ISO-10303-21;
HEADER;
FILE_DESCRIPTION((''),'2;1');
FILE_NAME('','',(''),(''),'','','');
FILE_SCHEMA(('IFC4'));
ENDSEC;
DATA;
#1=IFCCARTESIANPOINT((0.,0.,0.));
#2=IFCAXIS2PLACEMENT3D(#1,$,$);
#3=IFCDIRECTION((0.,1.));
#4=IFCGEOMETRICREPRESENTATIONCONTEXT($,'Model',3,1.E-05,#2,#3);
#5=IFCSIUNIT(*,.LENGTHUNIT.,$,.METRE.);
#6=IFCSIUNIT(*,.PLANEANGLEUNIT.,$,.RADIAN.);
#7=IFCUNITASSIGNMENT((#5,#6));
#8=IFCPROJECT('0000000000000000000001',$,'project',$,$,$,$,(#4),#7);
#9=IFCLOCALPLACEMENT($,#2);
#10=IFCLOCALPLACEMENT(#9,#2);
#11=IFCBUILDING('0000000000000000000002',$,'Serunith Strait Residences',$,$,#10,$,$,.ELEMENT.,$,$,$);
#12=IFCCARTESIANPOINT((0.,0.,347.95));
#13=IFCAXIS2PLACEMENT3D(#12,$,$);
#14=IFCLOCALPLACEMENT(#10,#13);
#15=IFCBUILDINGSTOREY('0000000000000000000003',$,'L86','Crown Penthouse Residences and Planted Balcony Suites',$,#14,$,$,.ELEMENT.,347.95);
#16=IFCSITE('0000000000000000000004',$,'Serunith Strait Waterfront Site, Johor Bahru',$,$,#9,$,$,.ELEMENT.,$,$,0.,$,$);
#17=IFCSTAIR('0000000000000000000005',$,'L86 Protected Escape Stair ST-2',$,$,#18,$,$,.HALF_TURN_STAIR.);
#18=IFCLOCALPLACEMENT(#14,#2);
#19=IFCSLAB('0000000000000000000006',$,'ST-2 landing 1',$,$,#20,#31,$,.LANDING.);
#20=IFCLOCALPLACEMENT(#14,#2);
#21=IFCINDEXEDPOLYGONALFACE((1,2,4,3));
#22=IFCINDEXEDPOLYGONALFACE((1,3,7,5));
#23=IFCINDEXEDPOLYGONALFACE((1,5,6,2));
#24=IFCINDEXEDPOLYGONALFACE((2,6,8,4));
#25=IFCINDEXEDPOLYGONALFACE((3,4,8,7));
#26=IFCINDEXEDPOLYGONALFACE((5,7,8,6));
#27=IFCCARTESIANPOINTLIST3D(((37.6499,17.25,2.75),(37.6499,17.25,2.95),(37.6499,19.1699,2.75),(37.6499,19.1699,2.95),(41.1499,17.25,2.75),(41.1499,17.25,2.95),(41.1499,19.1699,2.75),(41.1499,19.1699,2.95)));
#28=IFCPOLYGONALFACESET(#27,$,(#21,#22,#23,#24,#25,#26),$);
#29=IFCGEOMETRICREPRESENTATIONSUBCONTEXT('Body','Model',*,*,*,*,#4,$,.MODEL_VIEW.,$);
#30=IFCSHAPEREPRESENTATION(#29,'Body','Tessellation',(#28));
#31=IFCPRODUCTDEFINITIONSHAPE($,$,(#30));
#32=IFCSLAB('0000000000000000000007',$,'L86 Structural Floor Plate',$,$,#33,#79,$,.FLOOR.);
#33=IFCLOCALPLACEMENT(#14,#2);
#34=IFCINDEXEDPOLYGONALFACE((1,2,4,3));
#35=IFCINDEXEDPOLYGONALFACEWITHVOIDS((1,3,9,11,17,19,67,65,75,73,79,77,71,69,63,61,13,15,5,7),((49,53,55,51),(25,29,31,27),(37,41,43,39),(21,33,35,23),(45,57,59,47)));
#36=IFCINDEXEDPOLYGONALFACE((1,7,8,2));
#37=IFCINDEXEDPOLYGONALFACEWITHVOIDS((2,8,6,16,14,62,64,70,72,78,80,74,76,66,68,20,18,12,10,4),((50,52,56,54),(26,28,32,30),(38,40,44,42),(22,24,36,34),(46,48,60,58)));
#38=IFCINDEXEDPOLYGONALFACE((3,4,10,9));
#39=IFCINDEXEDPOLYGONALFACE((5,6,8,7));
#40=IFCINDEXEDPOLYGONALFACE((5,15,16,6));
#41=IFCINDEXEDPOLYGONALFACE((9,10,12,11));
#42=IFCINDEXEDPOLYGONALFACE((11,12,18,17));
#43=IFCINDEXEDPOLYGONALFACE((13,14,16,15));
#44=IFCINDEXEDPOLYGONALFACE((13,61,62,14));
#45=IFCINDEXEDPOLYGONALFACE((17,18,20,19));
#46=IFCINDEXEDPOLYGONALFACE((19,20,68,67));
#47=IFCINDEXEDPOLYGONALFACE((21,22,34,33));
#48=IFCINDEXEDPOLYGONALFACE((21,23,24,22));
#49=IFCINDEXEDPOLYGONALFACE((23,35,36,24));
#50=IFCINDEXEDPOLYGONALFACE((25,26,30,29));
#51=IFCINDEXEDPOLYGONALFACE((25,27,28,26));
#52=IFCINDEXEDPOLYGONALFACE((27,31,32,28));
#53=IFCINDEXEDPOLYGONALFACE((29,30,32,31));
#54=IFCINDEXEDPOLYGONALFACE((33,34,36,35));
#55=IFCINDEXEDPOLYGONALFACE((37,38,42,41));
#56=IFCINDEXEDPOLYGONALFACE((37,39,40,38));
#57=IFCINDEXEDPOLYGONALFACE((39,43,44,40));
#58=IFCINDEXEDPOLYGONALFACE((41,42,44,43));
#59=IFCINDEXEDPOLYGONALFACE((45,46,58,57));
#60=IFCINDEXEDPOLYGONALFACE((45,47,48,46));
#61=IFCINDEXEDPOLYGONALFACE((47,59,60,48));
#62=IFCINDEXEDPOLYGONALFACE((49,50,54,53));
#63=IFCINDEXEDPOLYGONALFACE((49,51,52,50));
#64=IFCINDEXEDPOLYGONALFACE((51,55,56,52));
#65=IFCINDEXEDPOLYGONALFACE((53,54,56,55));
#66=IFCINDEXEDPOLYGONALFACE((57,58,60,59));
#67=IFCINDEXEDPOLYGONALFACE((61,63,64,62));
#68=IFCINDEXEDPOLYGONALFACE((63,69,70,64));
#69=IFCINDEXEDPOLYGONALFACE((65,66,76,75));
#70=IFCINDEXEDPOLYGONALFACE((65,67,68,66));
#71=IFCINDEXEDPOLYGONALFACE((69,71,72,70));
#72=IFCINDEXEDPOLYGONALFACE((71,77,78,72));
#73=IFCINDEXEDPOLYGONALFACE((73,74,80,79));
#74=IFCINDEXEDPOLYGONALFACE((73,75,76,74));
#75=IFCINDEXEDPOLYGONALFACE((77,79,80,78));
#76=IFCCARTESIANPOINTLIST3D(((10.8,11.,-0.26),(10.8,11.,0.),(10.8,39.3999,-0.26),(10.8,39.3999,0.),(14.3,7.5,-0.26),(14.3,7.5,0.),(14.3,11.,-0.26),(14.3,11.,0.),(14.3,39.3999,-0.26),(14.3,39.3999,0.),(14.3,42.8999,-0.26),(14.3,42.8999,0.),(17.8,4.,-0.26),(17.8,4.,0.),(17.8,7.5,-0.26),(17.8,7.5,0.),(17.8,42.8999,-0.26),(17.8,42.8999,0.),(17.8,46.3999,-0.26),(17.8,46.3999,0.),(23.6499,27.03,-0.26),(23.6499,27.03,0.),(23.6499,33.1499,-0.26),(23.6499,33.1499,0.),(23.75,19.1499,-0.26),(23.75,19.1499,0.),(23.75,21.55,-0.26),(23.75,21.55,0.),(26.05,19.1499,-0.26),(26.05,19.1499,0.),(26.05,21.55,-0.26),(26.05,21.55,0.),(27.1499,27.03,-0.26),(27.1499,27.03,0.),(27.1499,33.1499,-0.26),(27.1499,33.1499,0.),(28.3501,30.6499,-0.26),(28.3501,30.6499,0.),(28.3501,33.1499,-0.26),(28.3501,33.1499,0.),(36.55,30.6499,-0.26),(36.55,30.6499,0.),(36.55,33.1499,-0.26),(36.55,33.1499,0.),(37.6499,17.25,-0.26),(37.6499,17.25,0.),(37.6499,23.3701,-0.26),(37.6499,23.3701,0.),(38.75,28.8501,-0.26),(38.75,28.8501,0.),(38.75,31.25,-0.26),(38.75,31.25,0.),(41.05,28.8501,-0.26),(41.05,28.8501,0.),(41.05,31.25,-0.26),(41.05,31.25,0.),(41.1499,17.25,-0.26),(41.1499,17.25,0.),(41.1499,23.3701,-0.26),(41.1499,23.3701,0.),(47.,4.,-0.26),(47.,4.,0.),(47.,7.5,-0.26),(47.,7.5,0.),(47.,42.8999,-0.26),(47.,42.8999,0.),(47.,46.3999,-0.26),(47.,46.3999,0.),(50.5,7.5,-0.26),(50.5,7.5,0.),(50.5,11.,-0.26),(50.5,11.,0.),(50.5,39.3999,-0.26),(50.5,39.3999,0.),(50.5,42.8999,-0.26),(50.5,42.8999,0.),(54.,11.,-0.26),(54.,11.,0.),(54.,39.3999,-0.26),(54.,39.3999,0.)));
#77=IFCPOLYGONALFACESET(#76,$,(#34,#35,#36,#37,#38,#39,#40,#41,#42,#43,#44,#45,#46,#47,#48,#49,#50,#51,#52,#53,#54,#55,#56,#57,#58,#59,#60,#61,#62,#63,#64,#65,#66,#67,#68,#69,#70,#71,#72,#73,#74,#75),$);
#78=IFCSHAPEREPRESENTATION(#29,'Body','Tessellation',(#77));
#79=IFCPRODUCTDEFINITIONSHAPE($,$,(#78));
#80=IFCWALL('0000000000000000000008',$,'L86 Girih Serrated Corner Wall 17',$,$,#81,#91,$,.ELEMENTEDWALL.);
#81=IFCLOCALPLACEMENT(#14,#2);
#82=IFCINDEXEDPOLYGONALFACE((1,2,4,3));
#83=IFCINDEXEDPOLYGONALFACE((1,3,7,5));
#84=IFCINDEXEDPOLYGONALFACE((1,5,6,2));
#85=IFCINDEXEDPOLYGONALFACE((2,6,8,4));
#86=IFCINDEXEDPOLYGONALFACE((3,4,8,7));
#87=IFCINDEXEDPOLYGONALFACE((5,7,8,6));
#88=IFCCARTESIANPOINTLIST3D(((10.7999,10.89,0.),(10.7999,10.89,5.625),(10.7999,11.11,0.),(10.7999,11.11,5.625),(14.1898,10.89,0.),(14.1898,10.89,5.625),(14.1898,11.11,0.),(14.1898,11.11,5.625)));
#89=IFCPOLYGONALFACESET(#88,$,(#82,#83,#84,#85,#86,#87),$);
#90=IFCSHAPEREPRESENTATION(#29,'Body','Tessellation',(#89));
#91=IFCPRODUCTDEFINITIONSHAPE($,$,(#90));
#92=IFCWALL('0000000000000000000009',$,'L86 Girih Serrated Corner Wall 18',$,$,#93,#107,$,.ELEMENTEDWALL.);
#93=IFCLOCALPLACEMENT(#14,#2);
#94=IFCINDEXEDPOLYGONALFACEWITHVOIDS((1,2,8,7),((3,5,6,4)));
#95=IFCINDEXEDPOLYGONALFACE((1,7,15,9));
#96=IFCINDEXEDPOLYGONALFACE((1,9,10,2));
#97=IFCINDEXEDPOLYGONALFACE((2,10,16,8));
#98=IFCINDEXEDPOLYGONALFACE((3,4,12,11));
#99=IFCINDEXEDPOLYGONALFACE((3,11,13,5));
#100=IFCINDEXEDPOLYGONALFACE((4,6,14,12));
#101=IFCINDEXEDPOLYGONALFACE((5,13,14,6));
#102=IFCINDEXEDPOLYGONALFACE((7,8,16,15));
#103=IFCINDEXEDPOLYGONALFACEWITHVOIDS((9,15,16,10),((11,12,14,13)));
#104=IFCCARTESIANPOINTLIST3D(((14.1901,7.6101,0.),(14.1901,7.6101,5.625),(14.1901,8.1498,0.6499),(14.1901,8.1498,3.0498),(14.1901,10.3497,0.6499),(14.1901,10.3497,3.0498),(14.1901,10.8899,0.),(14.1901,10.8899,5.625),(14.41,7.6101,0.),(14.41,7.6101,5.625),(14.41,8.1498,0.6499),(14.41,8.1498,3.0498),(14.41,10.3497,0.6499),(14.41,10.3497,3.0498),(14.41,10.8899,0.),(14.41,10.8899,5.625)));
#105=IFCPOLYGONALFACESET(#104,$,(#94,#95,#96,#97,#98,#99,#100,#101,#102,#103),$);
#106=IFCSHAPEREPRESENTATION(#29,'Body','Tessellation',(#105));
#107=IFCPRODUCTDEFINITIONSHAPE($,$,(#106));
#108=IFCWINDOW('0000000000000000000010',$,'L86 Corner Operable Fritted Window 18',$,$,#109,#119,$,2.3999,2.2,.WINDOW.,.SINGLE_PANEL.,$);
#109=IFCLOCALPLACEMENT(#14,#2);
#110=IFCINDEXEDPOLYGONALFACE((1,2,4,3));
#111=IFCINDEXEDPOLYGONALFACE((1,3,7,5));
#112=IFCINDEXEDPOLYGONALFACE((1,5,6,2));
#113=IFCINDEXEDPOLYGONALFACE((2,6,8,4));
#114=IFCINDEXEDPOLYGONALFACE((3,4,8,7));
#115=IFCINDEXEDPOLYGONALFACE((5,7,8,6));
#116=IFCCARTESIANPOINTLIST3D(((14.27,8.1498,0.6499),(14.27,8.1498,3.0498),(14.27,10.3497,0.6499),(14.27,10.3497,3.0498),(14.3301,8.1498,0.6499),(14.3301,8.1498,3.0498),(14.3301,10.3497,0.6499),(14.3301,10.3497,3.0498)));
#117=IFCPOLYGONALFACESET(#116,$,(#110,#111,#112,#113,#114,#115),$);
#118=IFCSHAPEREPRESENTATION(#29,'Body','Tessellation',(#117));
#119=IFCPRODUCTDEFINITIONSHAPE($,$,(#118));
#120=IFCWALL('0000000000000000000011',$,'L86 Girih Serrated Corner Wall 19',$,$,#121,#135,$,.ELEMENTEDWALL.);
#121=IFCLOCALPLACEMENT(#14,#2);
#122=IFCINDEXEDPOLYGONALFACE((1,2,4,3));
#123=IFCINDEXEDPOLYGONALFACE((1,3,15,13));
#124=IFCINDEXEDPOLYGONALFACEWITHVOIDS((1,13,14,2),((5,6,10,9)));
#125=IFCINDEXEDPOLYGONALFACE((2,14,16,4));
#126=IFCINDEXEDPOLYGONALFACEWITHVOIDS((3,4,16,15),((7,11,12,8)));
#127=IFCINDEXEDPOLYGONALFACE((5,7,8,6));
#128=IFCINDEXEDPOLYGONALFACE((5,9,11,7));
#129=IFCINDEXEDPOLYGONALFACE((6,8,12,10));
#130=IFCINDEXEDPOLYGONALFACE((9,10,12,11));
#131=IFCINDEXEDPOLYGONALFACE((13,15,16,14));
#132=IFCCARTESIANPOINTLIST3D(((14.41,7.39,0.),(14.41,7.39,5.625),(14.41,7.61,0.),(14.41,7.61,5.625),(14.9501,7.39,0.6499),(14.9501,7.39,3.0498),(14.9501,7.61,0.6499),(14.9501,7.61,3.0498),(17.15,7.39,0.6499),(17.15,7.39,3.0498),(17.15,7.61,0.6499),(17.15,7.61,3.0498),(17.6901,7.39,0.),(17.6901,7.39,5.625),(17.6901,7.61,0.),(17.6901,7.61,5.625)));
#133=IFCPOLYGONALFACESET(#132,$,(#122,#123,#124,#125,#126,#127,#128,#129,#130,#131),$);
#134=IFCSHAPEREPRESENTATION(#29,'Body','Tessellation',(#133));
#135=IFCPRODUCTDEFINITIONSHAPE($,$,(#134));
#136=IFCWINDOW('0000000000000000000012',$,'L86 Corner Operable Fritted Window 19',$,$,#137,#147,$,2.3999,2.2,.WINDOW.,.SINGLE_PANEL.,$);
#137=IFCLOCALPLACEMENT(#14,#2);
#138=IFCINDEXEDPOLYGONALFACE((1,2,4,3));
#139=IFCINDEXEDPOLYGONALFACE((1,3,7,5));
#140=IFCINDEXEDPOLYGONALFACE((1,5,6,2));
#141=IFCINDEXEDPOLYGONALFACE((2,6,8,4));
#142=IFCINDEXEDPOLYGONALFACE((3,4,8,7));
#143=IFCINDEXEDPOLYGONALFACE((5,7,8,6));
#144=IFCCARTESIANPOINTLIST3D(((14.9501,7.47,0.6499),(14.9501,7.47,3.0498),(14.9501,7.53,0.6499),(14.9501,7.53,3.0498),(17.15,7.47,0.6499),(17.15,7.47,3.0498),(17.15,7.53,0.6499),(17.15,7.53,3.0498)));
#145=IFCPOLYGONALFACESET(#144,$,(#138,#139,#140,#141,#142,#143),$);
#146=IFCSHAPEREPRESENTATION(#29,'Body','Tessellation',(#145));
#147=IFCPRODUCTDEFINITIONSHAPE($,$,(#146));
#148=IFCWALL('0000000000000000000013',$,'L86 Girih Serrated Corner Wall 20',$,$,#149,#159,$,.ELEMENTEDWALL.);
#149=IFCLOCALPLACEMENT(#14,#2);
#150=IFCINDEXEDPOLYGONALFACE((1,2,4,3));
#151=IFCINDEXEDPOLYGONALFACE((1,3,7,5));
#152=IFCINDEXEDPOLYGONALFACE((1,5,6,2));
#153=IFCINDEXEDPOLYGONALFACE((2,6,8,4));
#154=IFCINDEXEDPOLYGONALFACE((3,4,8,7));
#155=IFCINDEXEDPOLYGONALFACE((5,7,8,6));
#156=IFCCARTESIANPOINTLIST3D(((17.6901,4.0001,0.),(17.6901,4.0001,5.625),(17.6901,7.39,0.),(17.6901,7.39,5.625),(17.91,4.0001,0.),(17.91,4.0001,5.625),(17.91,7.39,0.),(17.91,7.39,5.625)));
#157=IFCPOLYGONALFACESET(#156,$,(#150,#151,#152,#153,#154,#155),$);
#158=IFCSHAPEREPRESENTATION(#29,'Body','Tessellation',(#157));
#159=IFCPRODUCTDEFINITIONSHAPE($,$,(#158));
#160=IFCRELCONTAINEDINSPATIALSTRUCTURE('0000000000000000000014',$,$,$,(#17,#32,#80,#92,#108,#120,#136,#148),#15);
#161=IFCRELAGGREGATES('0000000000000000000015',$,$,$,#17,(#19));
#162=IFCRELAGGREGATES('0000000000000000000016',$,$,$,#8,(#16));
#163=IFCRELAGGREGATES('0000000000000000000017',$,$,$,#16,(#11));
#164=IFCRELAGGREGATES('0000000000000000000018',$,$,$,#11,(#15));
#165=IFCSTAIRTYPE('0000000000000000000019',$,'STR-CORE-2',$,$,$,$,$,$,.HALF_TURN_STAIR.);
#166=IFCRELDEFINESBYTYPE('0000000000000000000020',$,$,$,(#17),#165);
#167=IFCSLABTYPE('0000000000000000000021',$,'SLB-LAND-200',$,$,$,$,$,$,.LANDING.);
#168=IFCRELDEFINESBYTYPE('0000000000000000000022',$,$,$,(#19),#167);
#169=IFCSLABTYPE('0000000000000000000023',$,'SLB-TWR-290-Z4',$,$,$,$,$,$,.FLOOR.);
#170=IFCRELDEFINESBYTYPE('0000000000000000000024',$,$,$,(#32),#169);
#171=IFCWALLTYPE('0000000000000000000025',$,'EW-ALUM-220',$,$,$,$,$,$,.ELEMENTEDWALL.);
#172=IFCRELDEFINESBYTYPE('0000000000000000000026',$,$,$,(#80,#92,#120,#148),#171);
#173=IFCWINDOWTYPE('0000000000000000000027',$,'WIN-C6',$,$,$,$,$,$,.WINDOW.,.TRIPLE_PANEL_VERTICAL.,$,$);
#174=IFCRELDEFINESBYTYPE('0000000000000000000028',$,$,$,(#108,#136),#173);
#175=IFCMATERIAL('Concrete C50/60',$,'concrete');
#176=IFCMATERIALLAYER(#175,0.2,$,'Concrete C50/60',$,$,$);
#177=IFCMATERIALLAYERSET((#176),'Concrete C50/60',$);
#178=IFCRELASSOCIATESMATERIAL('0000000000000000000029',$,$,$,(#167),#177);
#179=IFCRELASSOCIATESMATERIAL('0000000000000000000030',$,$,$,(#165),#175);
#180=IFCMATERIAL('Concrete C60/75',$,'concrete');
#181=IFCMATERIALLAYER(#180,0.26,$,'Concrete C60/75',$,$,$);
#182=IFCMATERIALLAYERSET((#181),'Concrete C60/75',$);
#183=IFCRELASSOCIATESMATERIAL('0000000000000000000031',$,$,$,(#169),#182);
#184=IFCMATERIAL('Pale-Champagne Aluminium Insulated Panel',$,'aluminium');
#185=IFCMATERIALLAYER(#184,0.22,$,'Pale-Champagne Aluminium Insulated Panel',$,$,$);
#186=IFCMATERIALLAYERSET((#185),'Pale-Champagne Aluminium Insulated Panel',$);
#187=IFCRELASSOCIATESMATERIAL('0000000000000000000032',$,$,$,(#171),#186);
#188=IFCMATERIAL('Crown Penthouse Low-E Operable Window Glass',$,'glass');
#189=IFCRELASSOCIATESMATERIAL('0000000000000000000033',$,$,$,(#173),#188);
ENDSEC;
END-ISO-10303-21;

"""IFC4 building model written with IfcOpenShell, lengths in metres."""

from ifc_helpers import new_model, si_unit, direction, frame, frame_2d, origin, place, context, subcontext, project, spatial, polyline, rectangle, outline, extrude, source, transform, mapped, material, layer, layer_set, type_object, element, fill, aggregate, save


model = new_model("IFC4")

# Units and contexts
model_context = context("Model", 3, precision=1e-05, world=origin(), true_north=direction((0.0, 1.0)))
body_context = subcontext(model_context, "Body", "Model", "MODEL_VIEW")
ifc_project = project(units=[si_unit("LENGTHUNIT", "METRE"), si_unit("PLANEANGLEUNIT", "RADIAN")], contexts=[model_context])

# Site, building, storey
site_placement = place(None, origin())
site = spatial("IfcSite", under=ifc_project, at=site_placement, Name="Serunith Strait Waterfront Site, Johor Bahru", CompositionType="ELEMENT", RefElevation=0.0)
building_placement = place(site_placement, origin())
building = spatial("IfcBuilding", under=site, at=building_placement, Name="Serunith Strait Residences", CompositionType="ELEMENT")
storey_placement = place(building_placement, frame((0.0, 0.0, 347.95)))
storey = spatial("IfcBuildingStorey", under=building, at=storey_placement, Name="L86", Description="Crown Penthouse Residences and Planted Balcony Suites", CompositionType="ELEMENT", Elevation=347.95)

# Shared definitions
ifc_material_1 = material(Name="Concrete C60/75", Category="concrete")

# Shared definitions
ifc_material_2 = material(Name="Concrete C50/60", Category="concrete")

# Stair, slab
ifc_layer_1 = layer(ifc_material_2, 0.2, Name="Concrete C50/60")
ifc_layer_set_1 = layer_set([ifc_layer_1], Name="Concrete C50/60")
slab_type_1 = type_object("IfcSlabType", Name="SLB-LAND-200", PredefinedType="LANDING", material=ifc_layer_set_1)
stair_type_1 = type_object("IfcStairType", Name="STR-CORE-2", PredefinedType="HALF_TURN_STAIR", material=ifc_material_2)
stair_1_placement = place(storey_placement, origin())
stair_1 = element("IfcStair", 1, at=stair_1_placement, inside=storey, type_object=stair_type_1, Name="L86 Protected Escape Stair ST-2", PredefinedType="HALF_TURN_STAIR")
slab_1_placement = place(storey_placement, frame((0.0, 0.0, 2.75)))
slab_1 = element("IfcSlab", 2, at=slab_1_placement, type_object=slab_type_1, Name="ST-2 landing 1", PredefinedType="LANDING", context=body_context, shape_type="SweptSolid", body=[
    extrude(outline(polyline([(37.6499, 19.1699), (37.6499, 17.25), (41.1499, 17.25), (41.1499, 19.1699), (37.6499, 19.1699)])), origin(), (0.0, 0.0, 1.0), 0.2),
])
aggregate(stair_1, [slab_1])

# Slab
ifc_layer_2 = layer(ifc_material_1, 0.26, Name="Concrete C60/75")
ifc_layer_set_2 = layer_set([ifc_layer_2], Name="Concrete C60/75")
slab_type_2 = type_object("IfcSlabType", Name="SLB-TWR-290-Z4", PredefinedType="FLOOR", material=ifc_layer_set_2)
slab_2_placement = place(storey_placement, frame((0.0, 0.0, -0.26)))
element("IfcSlab", 3, at=slab_2_placement, inside=storey, type_object=slab_type_2, Name="L86 Structural Floor Plate", PredefinedType="FLOOR", context=body_context, shape_type="SweptSolid", body=[
    extrude(outline(polyline([(17.8, 7.5), (14.3, 7.5), (14.3, 11.0), (10.8, 11.0), (10.8, 39.3999), (14.3, 39.3999), (14.3, 42.8999), (17.8, 42.8999), (17.8, 46.3999), (47.0, 46.3999), (47.0, 42.8999), (50.5, 42.8999), (50.5, 39.3999), (54.0, 39.3999), (54.0, 11.0), (50.5, 11.0), (50.5, 7.5), (47.0, 7.5), (47.0, 4.0), (17.8, 4.0), (17.8, 7.5)]), holes=[polyline([(41.1499, 23.3701), (37.6499, 23.3701), (37.6499, 17.25), (41.1499, 17.25), (41.1499, 23.3701)]), polyline([(38.75, 31.25), (38.75, 28.8501), (41.05, 28.8501), (41.05, 31.25), (38.75, 31.25)]), polyline([(36.55, 33.1499), (28.3501, 33.1499), (28.3501, 30.6499), (36.55, 30.6499), (36.55, 33.1499)]), polyline([(23.6499, 33.1499), (23.6499, 27.03), (27.1499, 27.03), (27.1499, 33.1499), (23.6499, 33.1499)]), polyline([(23.75, 21.55), (23.75, 19.1499), (26.05, 19.1499), (26.05, 21.55), (23.75, 21.55)])]), origin(), (0.0, 0.0, 1.0), 0.26),
])

# Wall
ifc_material_3 = material(Name="Pale-Champagne Aluminium Insulated Panel", Category="aluminium")
ifc_layer_3 = layer(ifc_material_3, 0.22, Name="Pale-Champagne Aluminium Insulated Panel")
ifc_layer_set_3 = layer_set([ifc_layer_3], Name="Pale-Champagne Aluminium Insulated Panel")
wall_type_1 = type_object("IfcWallType", Name="EW-ALUM-220", PredefinedType="ELEMENTEDWALL", material=ifc_layer_set_3)
wall_1_placement = place(storey_placement, frame((10.8, 11.0, 0.0), z_axis=(0.0, 0.0, 1.0), x_axis=(1.0, 0.0, 0.0)))
element("IfcWall", 4, at=wall_1_placement, inside=storey, type_object=wall_type_1, Name="L86 Girih Serrated Corner Wall 17", PredefinedType="ELEMENTEDWALL", context=body_context, shape_type="SweptSolid", body=[
    extrude(rectangle(XDim=3.3899, YDim=0.22, at=frame_2d((1.6948, 0.0))), origin(), (0.0, 0.0, 1.0), 5.625),
])

# Walls, openings, windows
wall_2_placement = place(storey_placement, frame((14.3, 10.8899, 0.0), z_axis=(0.0, 0.0, 1.0), x_axis=(0.0, -1.0, 0.0)))
wall_2 = element("IfcWall", 5, at=wall_2_placement, inside=storey, type_object=wall_type_1, Name="L86 Girih Serrated Corner Wall 18", PredefinedType="ELEMENTEDWALL", context=body_context, shape_type="SweptSolid", body=[
    extrude(rectangle(XDim=3.2798, YDim=0.22, at=frame_2d((1.6399, 0.0))), origin(), (0.0, 0.0, 1.0), 5.625),
])
opening_1_placement = place(wall_2_placement, frame((0.54, 0.0, 0.6499)))
opening_1 = element("IfcOpeningElement", 6, at=opening_1_placement, cuts=wall_2, PredefinedType="OPENING", context=body_context, shape_type="SweptSolid", body=[
    extrude(rectangle(XDim=2.2, YDim=2.3999, at=frame_2d((1.1001, 1.2))), frame((0.0, 0.1201, 0.0), z_axis=(0.0, -1.0, 0.0), x_axis=(1.0, 0.0, 0.0)), (0.0, 0.0, 1.0), 0.24),
])
ifc_material_4 = material(Name="Crown Penthouse Low-E Operable Window Glass", Category="glass")
window_type = type_object("IfcWindowType", Name="WIN-C6", PartitioningType="TRIPLE_PANEL_VERTICAL", PredefinedType="WINDOW", material=ifc_material_4)
shared_shape_1 = source(origin(), body_context, "Body", "SweptSolid", [
    extrude(rectangle(XDim=2.2, YDim=2.3999, at=frame_2d((1.1001, 1.2))), frame((0.0, 0.03, 0.0), z_axis=(0.0, -1.0, 0.0), x_axis=(1.0, 0.0, 0.0)), (0.0, 0.0, 1.0), 0.0601),
])
window_1_placement = place(opening_1_placement, origin())
window_1 = element("IfcWindow", 7, at=window_1_placement, inside=storey, type_object=window_type, Name="L86 Corner Operable Fritted Window 18", OverallHeight=2.3999, OverallWidth=2.2, PartitioningType="SINGLE_PANEL", PredefinedType="WINDOW", context=body_context, shape_type="MappedRepresentation", body=[
    mapped(shared_shape_1, transform((0.0, 0.0, 0.0), scale=1.0)),
])
fill(opening_1, window_1)
wall_3_placement = place(storey_placement, frame((14.4099, 7.5, 0.0), z_axis=(0.0, 0.0, 1.0), x_axis=(1.0, 0.0, 0.0)))
wall_3 = element("IfcWall", 8, at=wall_3_placement, inside=storey, type_object=wall_type_1, Name="L86 Girih Serrated Corner Wall 19", PredefinedType="ELEMENTEDWALL", context=body_context, shape_type="SweptSolid", body=[
    extrude(rectangle(XDim=3.28, YDim=0.22, at=frame_2d((1.6401, 0.0))), origin(), (0.0, 0.0, 1.0), 5.625),
])
opening_2_placement = place(wall_3_placement, frame((0.54, 0.0, 0.6499)))
opening_2 = element("IfcOpeningElement", 9, at=opening_2_placement, cuts=wall_3, PredefinedType="OPENING", context=body_context, shape_type="SweptSolid", body=[
    extrude(rectangle(XDim=2.2, YDim=2.3999, at=frame_2d((1.1001, 1.2))), frame((0.0, 0.1201, 0.0), z_axis=(0.0, -1.0, 0.0), x_axis=(1.0, 0.0, 0.0)), (0.0, 0.0, 1.0), 0.24),
])
window_2_placement = place(opening_2_placement, origin())
window_2 = element("IfcWindow", 10, at=window_2_placement, inside=storey, type_object=window_type, Name="L86 Corner Operable Fritted Window 19", OverallHeight=2.3999, OverallWidth=2.2, PartitioningType="SINGLE_PANEL", PredefinedType="WINDOW", context=body_context, shape_type="MappedRepresentation", body=[
    mapped(shared_shape_1, transform((0.0, 0.0, 0.0), scale=1.0)),
])
fill(opening_2, window_2)

# Wall
wall_4_placement = place(storey_placement, frame((17.8, 7.3899, 0.0), z_axis=(0.0, 0.0, 1.0), x_axis=(0.0, -1.0, 0.0)))
element("IfcWall", 11, at=wall_4_placement, inside=storey, type_object=wall_type_1, Name="L86 Girih Serrated Corner Wall 20", PredefinedType="ELEMENTEDWALL", context=body_context, shape_type="SweptSolid", body=[
    extrude(rectangle(XDim=3.3899, YDim=0.22, at=frame_2d((1.6948, 0.0))), origin(), (0.0, 0.0, 1.0), 5.625),
])

save(model, "model.ifc")
